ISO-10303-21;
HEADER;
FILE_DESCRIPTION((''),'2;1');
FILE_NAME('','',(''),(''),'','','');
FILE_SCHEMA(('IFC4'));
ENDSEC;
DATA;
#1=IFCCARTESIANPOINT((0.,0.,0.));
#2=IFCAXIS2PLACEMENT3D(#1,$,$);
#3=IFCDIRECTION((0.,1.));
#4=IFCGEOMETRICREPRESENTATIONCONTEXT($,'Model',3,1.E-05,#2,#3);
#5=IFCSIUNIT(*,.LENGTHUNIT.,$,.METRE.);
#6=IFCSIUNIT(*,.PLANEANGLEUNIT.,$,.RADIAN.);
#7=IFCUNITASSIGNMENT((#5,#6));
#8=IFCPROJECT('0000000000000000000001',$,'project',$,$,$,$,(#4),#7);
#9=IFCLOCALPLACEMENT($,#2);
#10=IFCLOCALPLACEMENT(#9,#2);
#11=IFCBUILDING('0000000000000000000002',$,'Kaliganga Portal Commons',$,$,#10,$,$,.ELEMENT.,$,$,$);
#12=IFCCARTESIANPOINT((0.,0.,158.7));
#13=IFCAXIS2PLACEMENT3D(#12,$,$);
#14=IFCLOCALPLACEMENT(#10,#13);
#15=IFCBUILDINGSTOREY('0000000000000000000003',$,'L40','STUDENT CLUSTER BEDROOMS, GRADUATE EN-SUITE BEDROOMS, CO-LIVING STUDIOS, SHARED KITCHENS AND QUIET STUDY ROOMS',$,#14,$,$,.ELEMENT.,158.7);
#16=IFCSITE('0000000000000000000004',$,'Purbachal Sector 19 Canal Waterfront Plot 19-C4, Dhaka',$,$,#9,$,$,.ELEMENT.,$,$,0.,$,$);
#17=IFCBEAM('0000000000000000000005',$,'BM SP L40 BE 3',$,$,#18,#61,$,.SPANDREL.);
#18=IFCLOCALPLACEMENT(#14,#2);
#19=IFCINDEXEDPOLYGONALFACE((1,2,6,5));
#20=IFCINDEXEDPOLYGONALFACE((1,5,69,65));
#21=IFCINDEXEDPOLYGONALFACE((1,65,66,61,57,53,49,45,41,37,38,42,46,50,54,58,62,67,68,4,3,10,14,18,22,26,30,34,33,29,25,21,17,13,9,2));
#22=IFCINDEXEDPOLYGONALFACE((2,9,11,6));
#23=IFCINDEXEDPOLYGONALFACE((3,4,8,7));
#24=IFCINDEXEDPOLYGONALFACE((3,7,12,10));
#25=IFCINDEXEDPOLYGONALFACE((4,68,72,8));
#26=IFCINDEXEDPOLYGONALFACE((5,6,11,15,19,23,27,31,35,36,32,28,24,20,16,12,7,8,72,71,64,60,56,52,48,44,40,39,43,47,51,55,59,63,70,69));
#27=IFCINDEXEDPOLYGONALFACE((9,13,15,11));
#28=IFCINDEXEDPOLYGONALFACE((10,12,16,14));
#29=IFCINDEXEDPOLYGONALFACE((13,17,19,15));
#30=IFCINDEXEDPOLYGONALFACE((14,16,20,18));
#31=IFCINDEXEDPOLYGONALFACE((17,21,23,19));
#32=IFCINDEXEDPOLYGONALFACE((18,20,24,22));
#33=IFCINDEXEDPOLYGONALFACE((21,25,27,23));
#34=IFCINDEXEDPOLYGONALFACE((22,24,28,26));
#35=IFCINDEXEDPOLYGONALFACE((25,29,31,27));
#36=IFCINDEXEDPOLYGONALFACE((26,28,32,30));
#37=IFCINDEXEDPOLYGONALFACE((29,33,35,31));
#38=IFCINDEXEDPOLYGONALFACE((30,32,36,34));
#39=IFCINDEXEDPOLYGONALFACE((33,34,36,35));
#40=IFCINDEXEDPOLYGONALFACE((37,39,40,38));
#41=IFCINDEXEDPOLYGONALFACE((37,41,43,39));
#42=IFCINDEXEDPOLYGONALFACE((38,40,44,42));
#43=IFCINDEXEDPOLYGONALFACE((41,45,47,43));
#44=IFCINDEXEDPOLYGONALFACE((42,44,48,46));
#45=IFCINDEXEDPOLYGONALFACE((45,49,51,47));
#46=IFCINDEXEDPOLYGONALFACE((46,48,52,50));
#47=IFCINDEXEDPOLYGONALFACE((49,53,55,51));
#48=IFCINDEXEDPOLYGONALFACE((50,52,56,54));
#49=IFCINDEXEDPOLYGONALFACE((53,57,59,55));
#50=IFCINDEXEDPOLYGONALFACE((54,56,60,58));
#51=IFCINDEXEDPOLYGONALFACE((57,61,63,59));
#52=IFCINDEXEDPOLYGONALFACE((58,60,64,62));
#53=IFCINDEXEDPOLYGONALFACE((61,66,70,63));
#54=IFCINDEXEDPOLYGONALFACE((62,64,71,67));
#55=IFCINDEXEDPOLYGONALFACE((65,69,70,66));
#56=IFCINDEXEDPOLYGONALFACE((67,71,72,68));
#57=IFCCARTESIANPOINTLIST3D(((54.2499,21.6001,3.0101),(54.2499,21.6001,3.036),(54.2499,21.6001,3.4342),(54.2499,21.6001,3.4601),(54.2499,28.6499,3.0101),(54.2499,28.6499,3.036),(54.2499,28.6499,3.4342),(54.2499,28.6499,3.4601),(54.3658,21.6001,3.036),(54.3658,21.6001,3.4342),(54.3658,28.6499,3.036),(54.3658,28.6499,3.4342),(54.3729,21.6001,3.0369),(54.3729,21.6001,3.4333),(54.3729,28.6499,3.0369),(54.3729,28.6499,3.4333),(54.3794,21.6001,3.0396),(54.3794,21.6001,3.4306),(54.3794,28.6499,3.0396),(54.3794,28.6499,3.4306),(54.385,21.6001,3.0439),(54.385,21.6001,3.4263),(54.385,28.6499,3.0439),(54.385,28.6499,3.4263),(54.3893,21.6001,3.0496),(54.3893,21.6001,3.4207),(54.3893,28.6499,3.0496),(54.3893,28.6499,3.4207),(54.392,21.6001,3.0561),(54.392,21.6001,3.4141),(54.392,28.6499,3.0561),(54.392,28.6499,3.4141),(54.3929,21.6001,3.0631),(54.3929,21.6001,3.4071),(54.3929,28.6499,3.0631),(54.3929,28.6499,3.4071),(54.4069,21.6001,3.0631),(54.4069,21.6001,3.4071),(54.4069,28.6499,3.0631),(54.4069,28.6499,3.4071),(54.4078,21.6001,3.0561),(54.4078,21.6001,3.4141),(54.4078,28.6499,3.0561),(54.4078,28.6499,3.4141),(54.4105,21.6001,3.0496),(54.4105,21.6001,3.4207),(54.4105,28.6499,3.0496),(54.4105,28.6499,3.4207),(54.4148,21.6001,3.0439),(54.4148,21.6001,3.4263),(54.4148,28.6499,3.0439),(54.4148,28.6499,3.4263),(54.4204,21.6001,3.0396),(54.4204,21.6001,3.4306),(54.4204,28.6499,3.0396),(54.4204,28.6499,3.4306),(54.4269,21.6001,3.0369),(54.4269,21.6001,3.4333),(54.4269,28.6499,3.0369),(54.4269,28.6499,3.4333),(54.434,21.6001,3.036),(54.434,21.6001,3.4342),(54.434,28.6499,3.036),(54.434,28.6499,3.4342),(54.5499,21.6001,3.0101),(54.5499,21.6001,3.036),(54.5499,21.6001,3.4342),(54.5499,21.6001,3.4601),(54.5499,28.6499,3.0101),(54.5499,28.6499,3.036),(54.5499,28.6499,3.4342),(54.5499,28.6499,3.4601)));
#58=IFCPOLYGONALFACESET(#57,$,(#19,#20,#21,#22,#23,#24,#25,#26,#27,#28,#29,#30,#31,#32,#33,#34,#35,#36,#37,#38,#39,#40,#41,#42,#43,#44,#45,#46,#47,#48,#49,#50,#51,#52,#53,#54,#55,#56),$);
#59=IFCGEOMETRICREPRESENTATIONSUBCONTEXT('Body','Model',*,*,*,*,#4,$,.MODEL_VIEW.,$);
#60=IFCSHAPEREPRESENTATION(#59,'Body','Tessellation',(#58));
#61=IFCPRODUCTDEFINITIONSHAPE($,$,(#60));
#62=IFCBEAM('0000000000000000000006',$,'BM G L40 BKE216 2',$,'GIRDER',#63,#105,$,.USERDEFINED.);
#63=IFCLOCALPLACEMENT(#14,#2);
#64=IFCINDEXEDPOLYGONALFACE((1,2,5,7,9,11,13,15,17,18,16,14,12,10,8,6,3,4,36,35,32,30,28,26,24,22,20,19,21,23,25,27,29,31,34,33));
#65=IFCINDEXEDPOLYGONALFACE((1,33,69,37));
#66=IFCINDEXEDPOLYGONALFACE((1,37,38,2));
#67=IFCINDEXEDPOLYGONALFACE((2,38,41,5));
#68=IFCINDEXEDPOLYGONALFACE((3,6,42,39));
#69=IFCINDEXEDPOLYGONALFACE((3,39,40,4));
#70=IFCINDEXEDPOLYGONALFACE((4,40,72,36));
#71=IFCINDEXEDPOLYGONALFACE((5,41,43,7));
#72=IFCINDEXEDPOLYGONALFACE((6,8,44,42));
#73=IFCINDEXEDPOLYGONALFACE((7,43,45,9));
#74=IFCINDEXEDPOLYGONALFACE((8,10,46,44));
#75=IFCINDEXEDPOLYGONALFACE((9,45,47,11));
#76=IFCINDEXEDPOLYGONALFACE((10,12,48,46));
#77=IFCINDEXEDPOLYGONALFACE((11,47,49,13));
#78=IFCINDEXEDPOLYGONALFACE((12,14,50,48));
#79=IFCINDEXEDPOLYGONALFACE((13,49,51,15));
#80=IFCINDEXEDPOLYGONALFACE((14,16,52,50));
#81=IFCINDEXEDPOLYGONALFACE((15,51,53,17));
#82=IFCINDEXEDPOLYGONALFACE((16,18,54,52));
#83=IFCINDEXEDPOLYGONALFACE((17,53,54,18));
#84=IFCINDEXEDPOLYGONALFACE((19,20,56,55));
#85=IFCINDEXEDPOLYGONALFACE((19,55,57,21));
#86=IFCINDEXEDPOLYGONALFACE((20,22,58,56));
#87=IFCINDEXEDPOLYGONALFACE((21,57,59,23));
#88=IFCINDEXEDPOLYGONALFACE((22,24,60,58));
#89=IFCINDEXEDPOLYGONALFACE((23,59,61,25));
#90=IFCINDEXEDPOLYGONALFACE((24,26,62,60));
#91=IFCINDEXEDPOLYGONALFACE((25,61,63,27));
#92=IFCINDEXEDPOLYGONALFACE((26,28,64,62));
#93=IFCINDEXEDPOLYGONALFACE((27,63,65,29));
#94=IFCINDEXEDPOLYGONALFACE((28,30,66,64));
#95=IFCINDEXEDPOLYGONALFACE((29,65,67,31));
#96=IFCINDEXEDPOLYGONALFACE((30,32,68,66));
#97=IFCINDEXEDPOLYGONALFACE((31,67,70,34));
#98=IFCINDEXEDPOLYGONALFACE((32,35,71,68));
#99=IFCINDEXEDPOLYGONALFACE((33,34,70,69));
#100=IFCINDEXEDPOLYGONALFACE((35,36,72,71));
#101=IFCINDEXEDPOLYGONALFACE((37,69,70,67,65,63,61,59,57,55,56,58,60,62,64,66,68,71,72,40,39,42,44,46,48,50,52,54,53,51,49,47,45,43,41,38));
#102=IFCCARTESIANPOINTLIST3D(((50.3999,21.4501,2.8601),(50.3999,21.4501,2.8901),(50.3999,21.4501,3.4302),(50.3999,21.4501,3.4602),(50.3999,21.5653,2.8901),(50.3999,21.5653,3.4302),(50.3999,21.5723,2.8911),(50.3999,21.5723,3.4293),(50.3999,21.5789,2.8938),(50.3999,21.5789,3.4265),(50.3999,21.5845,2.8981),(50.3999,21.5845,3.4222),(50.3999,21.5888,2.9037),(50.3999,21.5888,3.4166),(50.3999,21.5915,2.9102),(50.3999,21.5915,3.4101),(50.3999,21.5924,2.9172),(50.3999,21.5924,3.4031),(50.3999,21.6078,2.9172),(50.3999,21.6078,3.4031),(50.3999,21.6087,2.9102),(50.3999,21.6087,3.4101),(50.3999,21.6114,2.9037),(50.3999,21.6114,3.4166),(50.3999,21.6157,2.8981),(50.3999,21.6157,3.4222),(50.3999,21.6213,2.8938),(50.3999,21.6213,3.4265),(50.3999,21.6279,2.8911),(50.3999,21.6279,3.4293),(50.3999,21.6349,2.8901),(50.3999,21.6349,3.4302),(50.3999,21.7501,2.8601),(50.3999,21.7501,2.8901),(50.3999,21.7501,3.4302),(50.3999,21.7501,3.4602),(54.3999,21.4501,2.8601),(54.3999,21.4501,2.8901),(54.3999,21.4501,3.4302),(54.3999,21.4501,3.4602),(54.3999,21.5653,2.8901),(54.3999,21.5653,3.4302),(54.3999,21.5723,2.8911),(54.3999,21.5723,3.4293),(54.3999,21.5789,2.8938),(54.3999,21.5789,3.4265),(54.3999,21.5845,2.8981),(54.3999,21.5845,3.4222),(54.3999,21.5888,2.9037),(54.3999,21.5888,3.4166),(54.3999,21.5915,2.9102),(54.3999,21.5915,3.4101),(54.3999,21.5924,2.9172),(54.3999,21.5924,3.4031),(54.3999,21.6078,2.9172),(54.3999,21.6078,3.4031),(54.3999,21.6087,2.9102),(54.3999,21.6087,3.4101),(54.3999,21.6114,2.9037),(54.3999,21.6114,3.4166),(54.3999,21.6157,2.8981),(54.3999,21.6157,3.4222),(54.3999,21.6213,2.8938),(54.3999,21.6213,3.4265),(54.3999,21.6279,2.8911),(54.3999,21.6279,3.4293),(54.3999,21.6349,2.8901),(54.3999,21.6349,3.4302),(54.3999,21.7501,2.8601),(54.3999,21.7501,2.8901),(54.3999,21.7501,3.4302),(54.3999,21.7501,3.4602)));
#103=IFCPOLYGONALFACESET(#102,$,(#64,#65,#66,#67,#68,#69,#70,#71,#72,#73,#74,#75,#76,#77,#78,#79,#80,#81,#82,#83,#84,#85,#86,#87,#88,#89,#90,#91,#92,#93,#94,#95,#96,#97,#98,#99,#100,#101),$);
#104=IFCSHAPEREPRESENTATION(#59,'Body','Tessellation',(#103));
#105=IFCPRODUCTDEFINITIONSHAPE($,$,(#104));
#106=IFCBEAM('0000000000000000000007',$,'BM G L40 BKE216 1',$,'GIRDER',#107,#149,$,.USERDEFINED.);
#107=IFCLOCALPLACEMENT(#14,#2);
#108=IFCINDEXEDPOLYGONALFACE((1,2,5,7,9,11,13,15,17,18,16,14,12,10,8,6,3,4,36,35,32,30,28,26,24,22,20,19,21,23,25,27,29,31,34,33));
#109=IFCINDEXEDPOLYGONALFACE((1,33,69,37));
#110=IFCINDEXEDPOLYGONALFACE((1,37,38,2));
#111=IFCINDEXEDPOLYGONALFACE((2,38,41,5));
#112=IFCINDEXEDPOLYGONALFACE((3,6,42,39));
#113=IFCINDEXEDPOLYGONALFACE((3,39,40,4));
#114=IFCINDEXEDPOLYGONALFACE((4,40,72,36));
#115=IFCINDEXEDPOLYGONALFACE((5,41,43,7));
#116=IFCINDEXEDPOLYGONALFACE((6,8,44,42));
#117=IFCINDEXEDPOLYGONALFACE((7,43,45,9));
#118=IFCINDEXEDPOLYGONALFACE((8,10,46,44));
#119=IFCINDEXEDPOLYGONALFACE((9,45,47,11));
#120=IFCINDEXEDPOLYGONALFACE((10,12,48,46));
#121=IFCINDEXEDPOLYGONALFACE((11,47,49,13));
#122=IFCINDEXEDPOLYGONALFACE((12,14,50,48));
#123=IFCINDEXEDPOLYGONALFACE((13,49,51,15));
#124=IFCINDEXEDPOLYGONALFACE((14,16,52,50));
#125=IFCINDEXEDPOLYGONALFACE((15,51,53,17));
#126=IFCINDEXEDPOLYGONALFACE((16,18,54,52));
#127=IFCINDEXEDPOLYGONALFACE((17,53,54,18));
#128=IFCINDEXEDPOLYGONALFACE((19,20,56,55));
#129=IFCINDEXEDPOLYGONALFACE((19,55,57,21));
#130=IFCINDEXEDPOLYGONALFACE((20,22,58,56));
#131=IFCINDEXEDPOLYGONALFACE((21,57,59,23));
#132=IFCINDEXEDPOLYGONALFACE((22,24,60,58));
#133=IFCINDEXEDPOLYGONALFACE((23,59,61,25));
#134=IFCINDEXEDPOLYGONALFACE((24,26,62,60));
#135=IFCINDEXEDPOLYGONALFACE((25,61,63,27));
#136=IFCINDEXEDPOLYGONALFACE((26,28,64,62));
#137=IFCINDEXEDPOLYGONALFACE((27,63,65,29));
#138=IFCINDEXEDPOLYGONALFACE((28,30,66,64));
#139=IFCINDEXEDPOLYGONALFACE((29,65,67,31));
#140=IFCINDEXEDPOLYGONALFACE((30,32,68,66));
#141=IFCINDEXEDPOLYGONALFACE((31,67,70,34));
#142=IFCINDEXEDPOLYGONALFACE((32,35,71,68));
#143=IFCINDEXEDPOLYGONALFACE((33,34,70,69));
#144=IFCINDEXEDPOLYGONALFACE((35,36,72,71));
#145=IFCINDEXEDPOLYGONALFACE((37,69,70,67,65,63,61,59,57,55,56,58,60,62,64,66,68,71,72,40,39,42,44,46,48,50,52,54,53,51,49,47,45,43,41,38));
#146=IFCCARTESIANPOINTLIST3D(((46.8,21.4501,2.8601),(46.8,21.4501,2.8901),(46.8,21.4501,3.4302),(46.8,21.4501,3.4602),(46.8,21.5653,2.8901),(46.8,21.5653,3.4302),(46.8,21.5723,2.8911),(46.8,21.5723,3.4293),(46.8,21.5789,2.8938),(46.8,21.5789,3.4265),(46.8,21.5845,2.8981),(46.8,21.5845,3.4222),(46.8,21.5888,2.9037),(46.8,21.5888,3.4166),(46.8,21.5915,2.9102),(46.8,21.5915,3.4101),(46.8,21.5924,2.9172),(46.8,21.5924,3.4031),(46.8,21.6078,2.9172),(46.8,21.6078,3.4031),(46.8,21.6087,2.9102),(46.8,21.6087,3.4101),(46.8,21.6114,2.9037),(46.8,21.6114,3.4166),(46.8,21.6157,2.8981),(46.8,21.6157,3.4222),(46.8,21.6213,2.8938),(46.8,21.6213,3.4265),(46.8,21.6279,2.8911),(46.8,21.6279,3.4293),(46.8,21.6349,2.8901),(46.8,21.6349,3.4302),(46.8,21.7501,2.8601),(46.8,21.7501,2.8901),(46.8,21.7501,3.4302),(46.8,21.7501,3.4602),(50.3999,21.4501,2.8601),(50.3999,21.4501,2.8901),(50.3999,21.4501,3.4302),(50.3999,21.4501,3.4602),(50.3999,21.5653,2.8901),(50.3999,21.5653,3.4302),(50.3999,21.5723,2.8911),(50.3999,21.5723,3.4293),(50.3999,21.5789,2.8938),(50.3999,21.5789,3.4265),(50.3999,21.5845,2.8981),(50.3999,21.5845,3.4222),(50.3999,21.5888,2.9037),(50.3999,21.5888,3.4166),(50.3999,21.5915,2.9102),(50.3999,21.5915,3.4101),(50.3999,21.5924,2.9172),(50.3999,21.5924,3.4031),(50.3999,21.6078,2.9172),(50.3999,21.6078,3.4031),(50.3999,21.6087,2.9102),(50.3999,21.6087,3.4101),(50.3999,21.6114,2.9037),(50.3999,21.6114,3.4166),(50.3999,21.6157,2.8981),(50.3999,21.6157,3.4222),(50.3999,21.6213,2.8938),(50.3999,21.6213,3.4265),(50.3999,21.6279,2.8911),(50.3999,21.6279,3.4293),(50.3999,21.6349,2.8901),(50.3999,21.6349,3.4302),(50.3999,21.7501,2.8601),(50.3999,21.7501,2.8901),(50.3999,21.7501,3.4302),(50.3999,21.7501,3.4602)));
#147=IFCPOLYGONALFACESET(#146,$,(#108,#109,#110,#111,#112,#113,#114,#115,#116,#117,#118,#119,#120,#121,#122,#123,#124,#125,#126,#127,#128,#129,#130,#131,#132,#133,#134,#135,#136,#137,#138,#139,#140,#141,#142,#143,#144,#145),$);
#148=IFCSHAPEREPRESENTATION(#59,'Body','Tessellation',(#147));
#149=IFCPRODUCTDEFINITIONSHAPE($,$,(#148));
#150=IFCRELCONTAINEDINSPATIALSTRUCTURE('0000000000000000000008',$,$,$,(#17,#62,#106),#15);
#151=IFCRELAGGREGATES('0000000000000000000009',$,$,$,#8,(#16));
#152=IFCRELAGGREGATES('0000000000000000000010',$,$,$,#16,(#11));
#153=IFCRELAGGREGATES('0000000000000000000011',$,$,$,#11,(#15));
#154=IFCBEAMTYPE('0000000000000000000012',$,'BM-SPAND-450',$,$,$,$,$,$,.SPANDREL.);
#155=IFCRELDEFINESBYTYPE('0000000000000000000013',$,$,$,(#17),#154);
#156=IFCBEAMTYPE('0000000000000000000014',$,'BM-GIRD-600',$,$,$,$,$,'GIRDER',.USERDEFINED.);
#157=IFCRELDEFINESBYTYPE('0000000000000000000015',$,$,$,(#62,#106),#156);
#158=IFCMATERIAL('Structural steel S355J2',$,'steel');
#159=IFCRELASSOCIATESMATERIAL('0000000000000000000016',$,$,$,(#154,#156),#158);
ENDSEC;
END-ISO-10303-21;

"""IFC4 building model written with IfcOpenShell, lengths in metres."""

from ifc_helpers import new_model, si_unit, direction, frame, origin, origin_2d, place, context, subcontext, project, spatial, i_section, extrude, source, transform, mapped, material, material_profile, profile_set, type_object, element, save


model = new_model("IFC4")

# Units and contexts
model_context = context("Model", 3, precision=1e-05, world=origin(), true_north=direction((0.0, 1.0)))
body_context = subcontext(model_context, "Body", "Model", "MODEL_VIEW")
ifc_project = project(units=[si_unit("LENGTHUNIT", "METRE"), si_unit("PLANEANGLEUNIT", "RADIAN")], contexts=[model_context])

# Site, building, storey
site_placement = place(None, origin())
site = spatial("IfcSite", under=ifc_project, at=site_placement, Name="Purbachal Sector 19 Canal Waterfront Plot 19-C4, Dhaka", CompositionType="ELEMENT", RefElevation=0.0)
building_placement = place(site_placement, origin())
building = spatial("IfcBuilding", under=site, at=building_placement, Name="Kaliganga Portal Commons", CompositionType="ELEMENT")
storey_placement = place(building_placement, frame((0.0, 0.0, 158.7)))
storey = spatial("IfcBuildingStorey", under=building, at=storey_placement, Name="L40", Description="STUDENT CLUSTER BEDROOMS, GRADUATE EN-SUITE BEDROOMS, CO-LIVING STUDIOS, SHARED KITCHENS AND QUIET STUDY ROOMS", CompositionType="ELEMENT", Elevation=158.7)

# Beams
ifc_material_1 = material(Name="Structural steel S355J2", Category="steel")
ifc_material_profile_1 = material_profile(ifc_material_1, i_section(OverallWidth=0.3, OverallDepth=0.45, WebThickness=0.0139, FlangeThickness=0.0259, FilletRadius=0.0271, at=origin_2d()), Name="HE 450 B")
ifc_profile_set_1 = profile_set([ifc_material_profile_1], Name="Structural steel S355J2 wide-flange")
beam_type_1 = type_object("IfcBeamType", Name="BM-SPAND-450", PredefinedType="SPANDREL", material=ifc_profile_set_1)
shared_shape_1 = source(origin(), body_context, "Body", "SweptSolid", [
    extrude(i_section(OverallWidth=0.3, OverallDepth=0.45, WebThickness=0.0139, FlangeThickness=0.0259, FilletRadius=0.0271, at=origin_2d()), origin(), (0.0, 0.0, 1.0), 7.0498),
])
beam_1_placement = place(storey_placement, frame((54.3999, 21.6001, 3.2351), z_axis=(0.0, 1.0, 0.0), x_axis=(-1.0, 0.0, 0.0)))
element("IfcBeam", 1, at=beam_1_placement, inside=storey, type_object=beam_type_1, Name="BM SP L40 BE 3", PredefinedType="SPANDREL", context=body_context, shape_type="MappedRepresentation", body=[
    mapped(shared_shape_1, transform((0.0, 0.0, 0.0), x_axis=(1.0, 0.0, 0.0), y_axis=(0.0, 1.0, 0.0), z_axis=(0.0, 0.0, 1.0), scale=1.0)),
])
ifc_material_profile_2 = material_profile(ifc_material_1, i_section(OverallWidth=0.3, OverallDepth=0.6001, WebThickness=0.0154, FlangeThickness=0.03, FilletRadius=0.0271, at=origin_2d()), Name="HE 600 B")
ifc_profile_set_2 = profile_set([ifc_material_profile_2], Name="Structural steel S355J2 wide-flange")
beam_type_2 = type_object("IfcBeamType", Name="BM-GIRD-600", ElementType="GIRDER", PredefinedType="USERDEFINED", material=ifc_profile_set_2)
shared_shape_2 = source(origin(), body_context, "Body", "SweptSolid", [
    extrude(i_section(OverallWidth=0.3, OverallDepth=0.6001, WebThickness=0.0154, FlangeThickness=0.03, FilletRadius=0.0271, at=origin_2d()), origin(), (0.0, 0.0, 1.0), 4.0),
])
beam_2_placement = place(storey_placement, frame((50.3999, 21.6001, 3.1602), z_axis=(1.0, 0.0, 0.0), x_axis=(0.0, 1.0, 0.0)))
element("IfcBeam", 2, at=beam_2_placement, inside=storey, type_object=beam_type_2, Name="BM G L40 BKE216 2", ObjectType="GIRDER", PredefinedType="USERDEFINED", context=body_context, shape_type="MappedRepresentation", body=[
    mapped(shared_shape_2, transform((0.0, 0.0, 0.0), x_axis=(1.0, 0.0, 0.0), y_axis=(0.0, 1.0, 0.0), z_axis=(0.0, 0.0, 1.0), scale=1.0)),
])
shared_shape_3 = source(origin(), body_context, "Body", "SweptSolid", [
    extrude(i_section(OverallWidth=0.3, OverallDepth=0.6001, WebThickness=0.0154, FlangeThickness=0.03, FilletRadius=0.0271, at=origin_2d()), origin(), (0.0, 0.0, 1.0), 3.5999),
])
beam_3_placement = place(storey_placement, frame((46.8, 21.6001, 3.1602), z_axis=(1.0, 0.0, 0.0), x_axis=(0.0, 1.0, 0.0)))
element("IfcBeam", 3, at=beam_3_placement, inside=storey, type_object=beam_type_2, Name="BM G L40 BKE216 1", ObjectType="GIRDER", PredefinedType="USERDEFINED", context=body_context, shape_type="MappedRepresentation", body=[
    mapped(shared_shape_3, transform((0.0, 0.0, 0.0), x_axis=(1.0, 0.0, 0.0), y_axis=(0.0, 1.0, 0.0), z_axis=(0.0, 0.0, 1.0), scale=1.0)),
])

save(model, "model.ifc")
